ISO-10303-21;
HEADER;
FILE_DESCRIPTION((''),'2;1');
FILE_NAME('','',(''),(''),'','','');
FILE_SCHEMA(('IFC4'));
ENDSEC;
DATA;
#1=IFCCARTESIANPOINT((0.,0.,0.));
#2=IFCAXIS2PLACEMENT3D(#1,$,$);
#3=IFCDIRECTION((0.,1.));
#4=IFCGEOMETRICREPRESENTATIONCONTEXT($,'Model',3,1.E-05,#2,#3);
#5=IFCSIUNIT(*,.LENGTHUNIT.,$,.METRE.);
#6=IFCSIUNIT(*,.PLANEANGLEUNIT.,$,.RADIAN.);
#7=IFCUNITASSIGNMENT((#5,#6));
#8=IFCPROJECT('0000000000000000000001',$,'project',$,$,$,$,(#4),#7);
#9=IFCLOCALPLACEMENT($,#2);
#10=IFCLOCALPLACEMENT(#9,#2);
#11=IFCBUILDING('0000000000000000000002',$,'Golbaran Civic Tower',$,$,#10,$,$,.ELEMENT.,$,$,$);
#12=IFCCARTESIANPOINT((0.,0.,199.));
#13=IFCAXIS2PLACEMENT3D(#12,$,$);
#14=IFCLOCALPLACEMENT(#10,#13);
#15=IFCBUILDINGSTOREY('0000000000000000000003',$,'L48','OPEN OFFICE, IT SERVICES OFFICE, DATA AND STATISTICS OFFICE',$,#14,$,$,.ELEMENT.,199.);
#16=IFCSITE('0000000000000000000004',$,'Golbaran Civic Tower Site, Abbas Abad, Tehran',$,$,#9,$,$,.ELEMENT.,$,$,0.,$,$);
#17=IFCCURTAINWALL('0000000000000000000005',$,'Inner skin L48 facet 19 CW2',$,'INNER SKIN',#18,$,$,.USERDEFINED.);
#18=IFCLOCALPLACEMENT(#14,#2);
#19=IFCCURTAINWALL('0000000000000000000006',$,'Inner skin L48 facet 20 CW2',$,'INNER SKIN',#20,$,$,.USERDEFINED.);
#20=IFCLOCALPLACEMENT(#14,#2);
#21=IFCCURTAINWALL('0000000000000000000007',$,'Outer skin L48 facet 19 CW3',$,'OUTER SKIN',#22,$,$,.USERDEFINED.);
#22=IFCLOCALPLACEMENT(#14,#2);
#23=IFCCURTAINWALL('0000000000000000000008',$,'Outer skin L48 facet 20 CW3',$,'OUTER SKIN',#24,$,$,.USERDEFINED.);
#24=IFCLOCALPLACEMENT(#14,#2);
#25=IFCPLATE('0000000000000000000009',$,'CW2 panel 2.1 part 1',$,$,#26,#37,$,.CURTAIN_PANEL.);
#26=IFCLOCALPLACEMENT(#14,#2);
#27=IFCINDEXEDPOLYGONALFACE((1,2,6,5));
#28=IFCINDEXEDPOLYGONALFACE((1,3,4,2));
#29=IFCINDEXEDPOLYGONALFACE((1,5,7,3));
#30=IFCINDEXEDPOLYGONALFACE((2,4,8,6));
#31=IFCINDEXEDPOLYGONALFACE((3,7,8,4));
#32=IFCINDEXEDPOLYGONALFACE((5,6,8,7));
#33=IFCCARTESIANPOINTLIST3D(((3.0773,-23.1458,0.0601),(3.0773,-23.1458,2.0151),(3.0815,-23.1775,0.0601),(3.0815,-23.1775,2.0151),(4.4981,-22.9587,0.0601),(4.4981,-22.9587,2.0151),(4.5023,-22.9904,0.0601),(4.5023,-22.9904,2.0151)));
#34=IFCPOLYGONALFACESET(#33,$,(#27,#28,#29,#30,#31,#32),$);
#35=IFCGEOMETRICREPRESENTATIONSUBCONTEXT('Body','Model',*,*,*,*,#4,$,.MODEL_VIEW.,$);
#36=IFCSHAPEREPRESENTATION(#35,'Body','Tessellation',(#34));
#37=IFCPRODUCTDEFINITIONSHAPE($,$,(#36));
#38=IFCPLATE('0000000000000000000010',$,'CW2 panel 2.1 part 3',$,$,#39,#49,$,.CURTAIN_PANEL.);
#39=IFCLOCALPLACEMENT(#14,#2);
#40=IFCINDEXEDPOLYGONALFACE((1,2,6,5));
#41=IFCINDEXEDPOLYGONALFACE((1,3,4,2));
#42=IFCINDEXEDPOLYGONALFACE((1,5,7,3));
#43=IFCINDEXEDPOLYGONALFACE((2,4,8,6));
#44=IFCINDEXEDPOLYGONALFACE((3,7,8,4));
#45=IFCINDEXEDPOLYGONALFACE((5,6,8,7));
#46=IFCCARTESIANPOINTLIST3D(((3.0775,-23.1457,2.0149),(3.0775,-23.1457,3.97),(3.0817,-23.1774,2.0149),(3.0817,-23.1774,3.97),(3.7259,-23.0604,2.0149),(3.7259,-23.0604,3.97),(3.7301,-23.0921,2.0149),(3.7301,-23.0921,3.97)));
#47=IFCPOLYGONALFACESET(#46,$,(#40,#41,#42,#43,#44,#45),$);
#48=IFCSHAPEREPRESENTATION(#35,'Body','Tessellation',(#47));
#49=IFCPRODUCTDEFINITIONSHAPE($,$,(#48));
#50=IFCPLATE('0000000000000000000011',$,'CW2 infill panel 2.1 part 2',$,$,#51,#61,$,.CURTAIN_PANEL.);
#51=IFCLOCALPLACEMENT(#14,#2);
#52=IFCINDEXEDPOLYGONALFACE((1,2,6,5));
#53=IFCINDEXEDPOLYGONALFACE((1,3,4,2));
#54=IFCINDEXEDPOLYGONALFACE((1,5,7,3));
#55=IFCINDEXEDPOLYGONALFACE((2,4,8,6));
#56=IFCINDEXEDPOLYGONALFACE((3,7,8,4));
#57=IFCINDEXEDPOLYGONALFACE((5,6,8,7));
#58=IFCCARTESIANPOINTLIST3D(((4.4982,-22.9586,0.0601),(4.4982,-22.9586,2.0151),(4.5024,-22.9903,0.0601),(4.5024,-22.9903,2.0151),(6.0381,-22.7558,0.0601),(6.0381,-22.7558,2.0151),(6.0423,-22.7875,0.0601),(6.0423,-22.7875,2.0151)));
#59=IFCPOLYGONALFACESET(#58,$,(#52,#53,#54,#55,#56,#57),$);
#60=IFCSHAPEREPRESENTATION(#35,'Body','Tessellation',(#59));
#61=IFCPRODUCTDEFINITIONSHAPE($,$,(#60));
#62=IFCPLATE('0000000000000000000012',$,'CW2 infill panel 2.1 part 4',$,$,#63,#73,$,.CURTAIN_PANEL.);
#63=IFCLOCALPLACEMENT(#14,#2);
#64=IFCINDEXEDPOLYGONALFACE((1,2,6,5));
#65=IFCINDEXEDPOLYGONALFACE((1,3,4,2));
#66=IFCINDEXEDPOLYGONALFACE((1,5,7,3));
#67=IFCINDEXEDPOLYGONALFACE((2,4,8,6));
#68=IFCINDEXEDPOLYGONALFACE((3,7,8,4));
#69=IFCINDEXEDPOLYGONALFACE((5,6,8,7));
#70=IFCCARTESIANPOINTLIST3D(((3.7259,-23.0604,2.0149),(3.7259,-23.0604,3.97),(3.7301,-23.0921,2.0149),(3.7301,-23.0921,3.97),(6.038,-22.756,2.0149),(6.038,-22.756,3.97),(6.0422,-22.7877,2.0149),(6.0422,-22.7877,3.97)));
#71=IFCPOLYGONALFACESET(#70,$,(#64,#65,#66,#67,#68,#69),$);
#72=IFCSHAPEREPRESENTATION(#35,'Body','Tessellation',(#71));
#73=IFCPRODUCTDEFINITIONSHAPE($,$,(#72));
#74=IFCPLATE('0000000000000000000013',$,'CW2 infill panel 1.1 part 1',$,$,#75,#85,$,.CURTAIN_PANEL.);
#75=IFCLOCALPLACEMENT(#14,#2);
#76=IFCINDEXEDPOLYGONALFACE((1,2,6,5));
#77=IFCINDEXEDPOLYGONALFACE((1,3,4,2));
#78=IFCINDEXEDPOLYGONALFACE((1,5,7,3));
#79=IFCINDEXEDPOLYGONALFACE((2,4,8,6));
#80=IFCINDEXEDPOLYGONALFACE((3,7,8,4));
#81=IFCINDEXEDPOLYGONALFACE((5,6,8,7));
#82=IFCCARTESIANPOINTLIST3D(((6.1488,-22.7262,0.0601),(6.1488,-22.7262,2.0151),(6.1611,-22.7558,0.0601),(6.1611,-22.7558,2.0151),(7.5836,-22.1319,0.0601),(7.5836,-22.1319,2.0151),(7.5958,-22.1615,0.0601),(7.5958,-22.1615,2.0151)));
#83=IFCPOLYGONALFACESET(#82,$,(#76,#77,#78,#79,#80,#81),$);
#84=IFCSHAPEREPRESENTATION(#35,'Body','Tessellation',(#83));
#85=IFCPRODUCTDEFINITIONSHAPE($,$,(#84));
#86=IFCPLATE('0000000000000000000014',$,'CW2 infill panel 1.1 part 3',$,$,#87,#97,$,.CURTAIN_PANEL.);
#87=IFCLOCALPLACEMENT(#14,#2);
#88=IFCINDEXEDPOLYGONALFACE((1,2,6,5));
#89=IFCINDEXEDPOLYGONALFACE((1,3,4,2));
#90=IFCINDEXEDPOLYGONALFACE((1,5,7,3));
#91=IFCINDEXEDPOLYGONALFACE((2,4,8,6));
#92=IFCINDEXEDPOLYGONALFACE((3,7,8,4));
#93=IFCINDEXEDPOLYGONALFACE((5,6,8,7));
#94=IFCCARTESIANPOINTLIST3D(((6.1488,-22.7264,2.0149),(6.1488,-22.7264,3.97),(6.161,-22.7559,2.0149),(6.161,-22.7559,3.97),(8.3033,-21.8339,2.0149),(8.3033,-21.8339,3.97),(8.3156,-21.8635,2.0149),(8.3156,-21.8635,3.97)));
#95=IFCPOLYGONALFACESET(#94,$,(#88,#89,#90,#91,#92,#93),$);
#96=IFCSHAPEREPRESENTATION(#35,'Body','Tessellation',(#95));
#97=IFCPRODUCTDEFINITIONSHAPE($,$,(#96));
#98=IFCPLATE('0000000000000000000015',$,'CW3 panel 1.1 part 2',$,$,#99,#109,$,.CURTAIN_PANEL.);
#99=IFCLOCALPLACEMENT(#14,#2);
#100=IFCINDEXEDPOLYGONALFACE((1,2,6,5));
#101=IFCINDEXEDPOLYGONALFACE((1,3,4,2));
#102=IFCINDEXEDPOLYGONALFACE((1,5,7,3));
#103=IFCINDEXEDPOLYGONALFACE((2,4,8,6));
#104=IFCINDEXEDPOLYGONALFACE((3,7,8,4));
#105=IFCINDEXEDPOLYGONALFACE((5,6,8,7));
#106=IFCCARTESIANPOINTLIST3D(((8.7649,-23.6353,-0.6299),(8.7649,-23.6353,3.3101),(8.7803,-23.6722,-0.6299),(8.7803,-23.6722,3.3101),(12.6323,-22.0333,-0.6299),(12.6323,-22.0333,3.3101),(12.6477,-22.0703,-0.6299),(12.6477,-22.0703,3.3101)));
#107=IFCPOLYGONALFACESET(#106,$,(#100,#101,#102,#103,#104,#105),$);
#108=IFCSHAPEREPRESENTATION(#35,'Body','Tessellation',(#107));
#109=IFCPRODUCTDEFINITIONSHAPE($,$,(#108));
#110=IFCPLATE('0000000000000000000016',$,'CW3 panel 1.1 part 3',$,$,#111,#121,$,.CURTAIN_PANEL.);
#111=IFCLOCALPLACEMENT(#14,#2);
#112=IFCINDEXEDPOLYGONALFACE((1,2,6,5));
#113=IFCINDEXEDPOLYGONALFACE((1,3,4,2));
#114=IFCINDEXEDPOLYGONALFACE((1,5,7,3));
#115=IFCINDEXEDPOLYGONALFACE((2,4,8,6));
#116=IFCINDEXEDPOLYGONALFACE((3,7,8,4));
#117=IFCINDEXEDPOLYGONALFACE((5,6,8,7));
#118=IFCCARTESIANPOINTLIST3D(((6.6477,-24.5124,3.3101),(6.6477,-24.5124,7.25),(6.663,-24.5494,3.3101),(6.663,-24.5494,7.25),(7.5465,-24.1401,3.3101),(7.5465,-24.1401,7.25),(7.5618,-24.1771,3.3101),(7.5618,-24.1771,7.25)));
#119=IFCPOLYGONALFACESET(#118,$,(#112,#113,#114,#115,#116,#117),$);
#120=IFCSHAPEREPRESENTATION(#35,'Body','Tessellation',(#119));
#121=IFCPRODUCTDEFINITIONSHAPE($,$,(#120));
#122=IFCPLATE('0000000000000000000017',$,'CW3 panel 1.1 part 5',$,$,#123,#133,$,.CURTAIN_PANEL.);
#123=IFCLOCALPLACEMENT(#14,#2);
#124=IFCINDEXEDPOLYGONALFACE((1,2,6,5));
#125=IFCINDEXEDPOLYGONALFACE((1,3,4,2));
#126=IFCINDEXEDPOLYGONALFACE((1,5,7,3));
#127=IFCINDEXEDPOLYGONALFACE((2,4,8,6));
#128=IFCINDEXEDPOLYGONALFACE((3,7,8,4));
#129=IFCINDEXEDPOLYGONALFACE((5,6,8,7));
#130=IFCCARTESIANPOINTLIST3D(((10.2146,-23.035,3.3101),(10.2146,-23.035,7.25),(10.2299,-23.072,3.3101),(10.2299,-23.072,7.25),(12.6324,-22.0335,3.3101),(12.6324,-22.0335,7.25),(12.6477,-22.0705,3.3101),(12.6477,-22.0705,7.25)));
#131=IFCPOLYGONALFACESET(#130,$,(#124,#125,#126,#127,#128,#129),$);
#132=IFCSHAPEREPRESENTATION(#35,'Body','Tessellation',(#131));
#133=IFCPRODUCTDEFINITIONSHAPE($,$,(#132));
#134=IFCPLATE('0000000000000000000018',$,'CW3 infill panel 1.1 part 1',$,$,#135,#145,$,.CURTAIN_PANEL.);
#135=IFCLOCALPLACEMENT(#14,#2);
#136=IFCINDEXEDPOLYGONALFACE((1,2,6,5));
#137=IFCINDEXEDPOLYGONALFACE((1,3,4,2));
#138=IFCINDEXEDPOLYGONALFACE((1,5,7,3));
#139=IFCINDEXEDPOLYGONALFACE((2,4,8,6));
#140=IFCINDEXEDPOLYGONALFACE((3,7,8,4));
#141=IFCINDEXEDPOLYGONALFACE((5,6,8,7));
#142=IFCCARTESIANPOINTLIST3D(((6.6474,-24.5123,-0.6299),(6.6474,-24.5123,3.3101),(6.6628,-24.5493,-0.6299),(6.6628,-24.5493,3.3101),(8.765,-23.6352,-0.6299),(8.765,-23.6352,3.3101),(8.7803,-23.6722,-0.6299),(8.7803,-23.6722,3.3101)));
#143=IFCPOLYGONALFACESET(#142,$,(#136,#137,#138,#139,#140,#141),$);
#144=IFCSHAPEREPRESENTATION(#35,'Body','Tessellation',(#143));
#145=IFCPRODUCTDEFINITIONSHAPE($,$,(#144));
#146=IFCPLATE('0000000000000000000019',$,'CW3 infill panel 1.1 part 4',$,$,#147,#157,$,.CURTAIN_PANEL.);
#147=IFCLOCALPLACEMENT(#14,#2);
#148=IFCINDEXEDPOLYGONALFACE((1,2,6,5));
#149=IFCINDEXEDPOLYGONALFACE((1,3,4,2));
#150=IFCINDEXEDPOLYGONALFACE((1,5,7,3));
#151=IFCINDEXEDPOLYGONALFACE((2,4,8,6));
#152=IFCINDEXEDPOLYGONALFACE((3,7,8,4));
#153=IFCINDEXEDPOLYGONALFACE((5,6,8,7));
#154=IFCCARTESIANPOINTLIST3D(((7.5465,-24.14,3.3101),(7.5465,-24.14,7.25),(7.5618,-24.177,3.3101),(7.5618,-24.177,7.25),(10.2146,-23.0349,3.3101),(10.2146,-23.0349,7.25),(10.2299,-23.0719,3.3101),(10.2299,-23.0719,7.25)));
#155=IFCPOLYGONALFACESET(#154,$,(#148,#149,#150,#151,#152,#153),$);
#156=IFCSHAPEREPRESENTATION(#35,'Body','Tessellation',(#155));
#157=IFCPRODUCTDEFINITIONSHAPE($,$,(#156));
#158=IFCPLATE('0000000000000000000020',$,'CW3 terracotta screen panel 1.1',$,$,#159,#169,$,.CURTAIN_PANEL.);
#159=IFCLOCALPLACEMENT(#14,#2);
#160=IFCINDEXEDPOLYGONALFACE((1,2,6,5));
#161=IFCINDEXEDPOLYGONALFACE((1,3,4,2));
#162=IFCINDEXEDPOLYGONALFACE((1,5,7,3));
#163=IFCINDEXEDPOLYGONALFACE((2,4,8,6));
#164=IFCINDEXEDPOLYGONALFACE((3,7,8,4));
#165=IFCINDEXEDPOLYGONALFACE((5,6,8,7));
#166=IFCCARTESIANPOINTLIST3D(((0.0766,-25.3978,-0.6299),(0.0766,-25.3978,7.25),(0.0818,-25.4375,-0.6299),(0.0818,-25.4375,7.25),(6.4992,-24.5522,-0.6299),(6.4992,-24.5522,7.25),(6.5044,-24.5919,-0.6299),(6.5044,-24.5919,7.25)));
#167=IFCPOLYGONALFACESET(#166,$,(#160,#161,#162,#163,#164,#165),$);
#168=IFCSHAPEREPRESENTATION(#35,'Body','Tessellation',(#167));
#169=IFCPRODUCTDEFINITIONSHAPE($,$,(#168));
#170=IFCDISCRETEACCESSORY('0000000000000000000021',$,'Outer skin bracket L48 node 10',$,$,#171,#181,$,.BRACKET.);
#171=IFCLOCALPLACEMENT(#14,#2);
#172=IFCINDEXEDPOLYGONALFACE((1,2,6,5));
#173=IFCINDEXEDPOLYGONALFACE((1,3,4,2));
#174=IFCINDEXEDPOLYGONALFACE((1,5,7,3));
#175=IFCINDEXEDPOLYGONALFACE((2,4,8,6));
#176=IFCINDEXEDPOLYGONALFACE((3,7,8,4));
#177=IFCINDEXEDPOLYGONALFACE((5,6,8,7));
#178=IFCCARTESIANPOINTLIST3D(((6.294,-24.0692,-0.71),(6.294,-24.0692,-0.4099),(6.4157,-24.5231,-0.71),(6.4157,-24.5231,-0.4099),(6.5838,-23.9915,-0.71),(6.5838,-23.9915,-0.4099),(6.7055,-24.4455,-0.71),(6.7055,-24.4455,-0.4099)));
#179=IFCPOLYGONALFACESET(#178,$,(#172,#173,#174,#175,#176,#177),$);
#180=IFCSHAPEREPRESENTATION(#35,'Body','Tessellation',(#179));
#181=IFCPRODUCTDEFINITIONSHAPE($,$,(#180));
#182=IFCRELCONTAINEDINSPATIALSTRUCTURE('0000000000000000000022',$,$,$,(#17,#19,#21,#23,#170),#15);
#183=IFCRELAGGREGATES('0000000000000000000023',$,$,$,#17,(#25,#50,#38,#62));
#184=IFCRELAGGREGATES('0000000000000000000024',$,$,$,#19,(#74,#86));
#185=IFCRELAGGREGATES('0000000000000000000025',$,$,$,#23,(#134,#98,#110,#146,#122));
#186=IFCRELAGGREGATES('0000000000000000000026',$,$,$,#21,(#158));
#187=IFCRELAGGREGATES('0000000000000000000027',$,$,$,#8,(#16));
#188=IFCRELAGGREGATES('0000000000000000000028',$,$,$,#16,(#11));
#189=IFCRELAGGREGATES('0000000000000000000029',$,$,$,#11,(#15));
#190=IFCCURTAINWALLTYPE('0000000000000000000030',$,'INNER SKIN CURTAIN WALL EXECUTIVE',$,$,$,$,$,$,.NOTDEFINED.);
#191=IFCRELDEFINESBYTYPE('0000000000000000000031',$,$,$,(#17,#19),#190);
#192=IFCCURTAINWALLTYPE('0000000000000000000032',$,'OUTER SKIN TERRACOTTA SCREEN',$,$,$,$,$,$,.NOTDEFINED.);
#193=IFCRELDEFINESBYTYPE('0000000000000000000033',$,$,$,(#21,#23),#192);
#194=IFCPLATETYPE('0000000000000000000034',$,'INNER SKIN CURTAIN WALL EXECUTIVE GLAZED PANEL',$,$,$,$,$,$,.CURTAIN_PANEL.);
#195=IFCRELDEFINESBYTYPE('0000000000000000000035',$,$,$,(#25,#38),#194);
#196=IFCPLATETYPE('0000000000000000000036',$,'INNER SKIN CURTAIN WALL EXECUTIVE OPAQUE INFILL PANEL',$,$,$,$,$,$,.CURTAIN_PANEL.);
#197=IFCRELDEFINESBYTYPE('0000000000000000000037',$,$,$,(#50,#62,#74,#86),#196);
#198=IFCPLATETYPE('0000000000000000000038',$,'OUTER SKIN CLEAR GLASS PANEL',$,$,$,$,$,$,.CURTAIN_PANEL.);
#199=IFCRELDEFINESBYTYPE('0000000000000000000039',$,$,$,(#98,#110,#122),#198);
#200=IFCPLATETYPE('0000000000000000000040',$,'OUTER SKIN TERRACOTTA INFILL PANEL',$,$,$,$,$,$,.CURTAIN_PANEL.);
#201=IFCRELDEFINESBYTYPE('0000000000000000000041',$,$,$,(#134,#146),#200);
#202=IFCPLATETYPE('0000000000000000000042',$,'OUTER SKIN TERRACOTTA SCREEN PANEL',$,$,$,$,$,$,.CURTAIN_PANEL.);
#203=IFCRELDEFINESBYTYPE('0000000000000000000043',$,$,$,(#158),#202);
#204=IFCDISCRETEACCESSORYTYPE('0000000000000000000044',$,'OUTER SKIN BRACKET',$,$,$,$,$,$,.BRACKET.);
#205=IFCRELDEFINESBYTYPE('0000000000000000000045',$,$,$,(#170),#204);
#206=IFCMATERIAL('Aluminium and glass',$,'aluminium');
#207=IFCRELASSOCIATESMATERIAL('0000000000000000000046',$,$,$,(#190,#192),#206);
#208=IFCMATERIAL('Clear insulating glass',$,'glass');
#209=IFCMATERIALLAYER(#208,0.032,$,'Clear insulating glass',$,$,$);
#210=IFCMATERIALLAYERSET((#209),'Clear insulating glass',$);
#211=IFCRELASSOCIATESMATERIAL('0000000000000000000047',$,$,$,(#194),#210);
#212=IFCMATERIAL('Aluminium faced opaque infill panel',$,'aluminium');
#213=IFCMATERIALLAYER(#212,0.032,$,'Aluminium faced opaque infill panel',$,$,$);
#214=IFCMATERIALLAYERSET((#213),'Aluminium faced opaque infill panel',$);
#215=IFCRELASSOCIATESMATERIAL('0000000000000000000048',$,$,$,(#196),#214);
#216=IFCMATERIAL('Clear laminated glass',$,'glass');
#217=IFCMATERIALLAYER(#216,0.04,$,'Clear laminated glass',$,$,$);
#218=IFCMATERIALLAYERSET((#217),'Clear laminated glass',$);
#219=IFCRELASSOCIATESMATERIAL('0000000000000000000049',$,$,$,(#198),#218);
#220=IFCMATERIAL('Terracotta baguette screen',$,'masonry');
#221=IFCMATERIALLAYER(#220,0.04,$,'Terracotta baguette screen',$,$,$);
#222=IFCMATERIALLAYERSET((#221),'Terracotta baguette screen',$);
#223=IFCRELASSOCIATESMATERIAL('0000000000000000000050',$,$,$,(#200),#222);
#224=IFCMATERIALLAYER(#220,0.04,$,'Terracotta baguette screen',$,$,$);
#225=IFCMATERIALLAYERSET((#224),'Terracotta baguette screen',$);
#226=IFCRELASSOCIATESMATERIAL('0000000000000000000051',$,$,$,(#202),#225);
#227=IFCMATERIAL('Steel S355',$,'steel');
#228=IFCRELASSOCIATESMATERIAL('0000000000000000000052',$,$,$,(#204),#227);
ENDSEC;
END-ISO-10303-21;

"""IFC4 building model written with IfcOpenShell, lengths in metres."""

from ifc_helpers import new_model, si_unit, direction, frame, origin, origin_2d, place, context, subcontext, project, spatial, rectangle, extrude, material, layer, layer_set, type_object, element, aggregate, save


model = new_model("IFC4")

# Units and contexts
model_context = context("Model", 3, precision=1e-05, world=origin(), true_north=direction((0.0, 1.0)))
body_context = subcontext(model_context, "Body", "Model", "MODEL_VIEW")
ifc_project = project(units=[si_unit("LENGTHUNIT", "METRE"), si_unit("PLANEANGLEUNIT", "RADIAN")], contexts=[model_context])

# Site, building, storey
site_placement = place(None, origin())
site = spatial("IfcSite", under=ifc_project, at=site_placement, Name="Golbaran Civic Tower Site, Abbas Abad, Tehran", CompositionType="ELEMENT", RefElevation=0.0)
building_placement = place(site_placement, origin())
building = spatial("IfcBuilding", under=site, at=building_placement, Name="Golbaran Civic Tower", CompositionType="ELEMENT")
storey_placement = place(building_placement, frame((0.0, 0.0, 199.0)))
storey = spatial("IfcBuildingStorey", under=building, at=storey_placement, Name="L48", Description="OPEN OFFICE, IT SERVICES OFFICE, DATA AND STATISTICS OFFICE", CompositionType="ELEMENT", Elevation=199.0)

# Shared definitions
ifc_material_1 = material(Name="Steel S355", Category="steel")

# Curtain wall
ifc_material_2 = material(Name="Aluminium and glass", Category="aluminium")
curtain_wall_type_1 = type_object("IfcCurtainWallType", Name="INNER SKIN CURTAIN WALL EXECUTIVE", PredefinedType="NOTDEFINED", material=ifc_material_2)
curtain_wall_1_placement = place(storey_placement, origin())
curtain_wall_1 = element("IfcCurtainWall", 1, at=curtain_wall_1_placement, inside=storey, type_object=curtain_wall_type_1, Name="Inner skin L48 facet 19 CW2", ObjectType="INNER SKIN", PredefinedType="USERDEFINED")

# Curtain wall
curtain_wall_2_placement = place(storey_placement, origin())
curtain_wall_2 = element("IfcCurtainWall", 2, at=curtain_wall_2_placement, inside=storey, type_object=curtain_wall_type_1, Name="Inner skin L48 facet 20 CW2", ObjectType="INNER SKIN", PredefinedType="USERDEFINED")

# Curtain walls
curtain_wall_type_2 = type_object("IfcCurtainWallType", Name="OUTER SKIN TERRACOTTA SCREEN", PredefinedType="NOTDEFINED", material=ifc_material_2)
curtain_wall_3_placement = place(storey_placement, origin())
curtain_wall_3 = element("IfcCurtainWall", 3, at=curtain_wall_3_placement, inside=storey, type_object=curtain_wall_type_2, Name="Outer skin L48 facet 19 CW3", ObjectType="OUTER SKIN", PredefinedType="USERDEFINED")
curtain_wall_4_placement = place(storey_placement, origin())
curtain_wall_4 = element("IfcCurtainWall", 4, at=curtain_wall_4_placement, inside=storey, type_object=curtain_wall_type_2, Name="Outer skin L48 facet 20 CW3", ObjectType="OUTER SKIN", PredefinedType="USERDEFINED")

# Plates
ifc_material_3 = material(Name="Clear insulating glass", Category="glass")
ifc_layer_1 = layer(ifc_material_3, 0.032, Name="Clear insulating glass")
ifc_layer_set_1 = layer_set([ifc_layer_1], Name="Clear insulating glass")
plate_type_1 = type_object("IfcPlateType", Name="INNER SKIN CURTAIN WALL EXECUTIVE GLAZED PANEL", PredefinedType="CURTAIN_PANEL", material=ifc_layer_set_1)
plate_1_placement = place(storey_placement, frame((3.7898, -23.0681, 0.0601), z_axis=(0.0, 0.0, 1.0), x_axis=(0.991445, 0.130526, 0.0)))
plate_1 = element("IfcPlate", 5, at=plate_1_placement, type_object=plate_type_1, Name="CW2 panel 2.1 part 1", PredefinedType="CURTAIN_PANEL", context=body_context, shape_type="SweptSolid", body=[
    extrude(rectangle(XDim=1.4331, YDim=0.032, at=origin_2d()), origin(), (0.0, 0.0, 1.0), 1.9551),
])
plate_2_placement = place(storey_placement, frame((3.4038, -23.1189, 2.0149), z_axis=(0.0, 0.0, 1.0), x_axis=(0.991445, 0.130526, 0.0)))
plate_2 = element("IfcPlate", 6, at=plate_2_placement, type_object=plate_type_1, Name="CW2 panel 2.1 part 3", PredefinedType="CURTAIN_PANEL", context=body_context, shape_type="SweptSolid", body=[
    extrude(rectangle(XDim=0.6541, YDim=0.032, at=origin_2d()), origin(), (0.0, 0.0, 1.0), 1.9551),
])
ifc_material_4 = material(Name="Aluminium faced opaque infill panel", Category="aluminium")
ifc_layer_2 = layer(ifc_material_4, 0.032, Name="Aluminium faced opaque infill panel")
ifc_layer_set_2 = layer_set([ifc_layer_2], Name="Aluminium faced opaque infill panel")
plate_type_2 = type_object("IfcPlateType", Name="INNER SKIN CURTAIN WALL EXECUTIVE OPAQUE INFILL PANEL", PredefinedType="CURTAIN_PANEL", material=ifc_layer_set_2)
plate_3_placement = place(storey_placement, frame((5.2703, -22.873, 0.0601), z_axis=(0.0, 0.0, 1.0), x_axis=(0.991445, 0.130526, 0.0)))
plate_3 = element("IfcPlate", 7, at=plate_3_placement, type_object=plate_type_2, Name="CW2 infill panel 2.1 part 2", PredefinedType="CURTAIN_PANEL", context=body_context, shape_type="SweptSolid", body=[
    extrude(rectangle(XDim=1.5532, YDim=0.032, at=origin_2d()), origin(), (0.0, 0.0, 1.0), 1.9551),
])
plate_4_placement = place(storey_placement, frame((4.884, -22.9241, 2.0149), z_axis=(0.0, 0.0, 1.0), x_axis=(0.991445, 0.130526, 0.0)))
plate_4 = element("IfcPlate", 8, at=plate_4_placement, type_object=plate_type_2, Name="CW2 infill panel 2.1 part 4", PredefinedType="CURTAIN_PANEL", context=body_context, shape_type="SweptSolid", body=[
    extrude(rectangle(XDim=2.332, YDim=0.032, at=origin_2d()), origin(), (0.0, 0.0, 1.0), 1.9551),
])
aggregate(curtain_wall_1, [plate_1, plate_3, plate_2, plate_4])
plate_5_placement = place(storey_placement, frame((6.8723, -22.4438, 0.0601), z_axis=(0.0, 0.0, 1.0), x_axis=(0.92388, 0.382683, 0.0)))
plate_5 = element("IfcPlate", 9, at=plate_5_placement, type_object=plate_type_2, Name="CW2 infill panel 1.1 part 1", PredefinedType="CURTAIN_PANEL", context=body_context, shape_type="SweptSolid", body=[
    extrude(rectangle(XDim=1.553, YDim=0.032, at=origin_2d()), origin(), (0.0, 0.0, 1.0), 1.9551),
])
plate_6_placement = place(storey_placement, frame((7.2322, -22.2949, 2.0149), z_axis=(0.0, 0.0, 1.0), x_axis=(0.92388, 0.382683, 0.0)))
plate_6 = element("IfcPlate", 10, at=plate_6_placement, type_object=plate_type_2, Name="CW2 infill panel 1.1 part 3", PredefinedType="CURTAIN_PANEL", context=body_context, shape_type="SweptSolid", body=[
    extrude(rectangle(XDim=2.332, YDim=0.032, at=origin_2d()), origin(), (0.0, 0.0, 1.0), 1.9551),
])
aggregate(curtain_wall_2, [plate_5, plate_6])
ifc_material_5 = material(Name="Clear laminated glass", Category="glass")
ifc_layer_3 = layer(ifc_material_5, 0.04, Name="Clear laminated glass")
ifc_layer_set_3 = layer_set([ifc_layer_3], Name="Clear laminated glass")
plate_type_3 = type_object("IfcPlateType", Name="OUTER SKIN CLEAR GLASS PANEL", PredefinedType="CURTAIN_PANEL", material=ifc_layer_set_3)
plate_7_placement = place(storey_placement, frame((10.7063, -22.8528, -0.6299), z_axis=(0.0, 0.0, 1.0), x_axis=(0.92388, 0.382683, 0.0)))
plate_7 = element("IfcPlate", 11, at=plate_7_placement, type_object=plate_type_3, Name="CW3 panel 1.1 part 2", PredefinedType="CURTAIN_PANEL", context=body_context, shape_type="SweptSolid", body=[
    extrude(rectangle(XDim=4.186, YDim=0.04, at=origin_2d()), origin(), (0.0, 0.0, 1.0), 3.9399),
])
plate_8_placement = place(storey_placement, frame((7.1047, -24.3447, 3.3101), z_axis=(0.0, 0.0, 1.0), x_axis=(0.92388, 0.382683, 0.0)))
plate_8 = element("IfcPlate", 12, at=plate_8_placement, type_object=plate_type_3, Name="CW3 panel 1.1 part 3", PredefinedType="CURTAIN_PANEL", context=body_context, shape_type="SweptSolid", body=[
    extrude(rectangle(XDim=0.9729, YDim=0.04, at=origin_2d()), origin(), (0.0, 0.0, 1.0), 3.9399),
])
plate_9_placement = place(storey_placement, frame((11.4312, -22.5527, 3.3101), z_axis=(0.0, 0.0, 1.0), x_axis=(0.92388, 0.382683, 0.0)))
plate_9 = element("IfcPlate", 13, at=plate_9_placement, type_object=plate_type_3, Name="CW3 panel 1.1 part 5", PredefinedType="CURTAIN_PANEL", context=body_context, shape_type="SweptSolid", body=[
    extrude(rectangle(XDim=2.6169, YDim=0.04, at=origin_2d()), origin(), (0.0, 0.0, 1.0), 3.9399),
])
ifc_material_6 = material(Name="Terracotta baguette screen", Category="masonry")
ifc_layer_4 = layer(ifc_material_6, 0.04, Name="Terracotta baguette screen")
ifc_layer_set_4 = layer_set([ifc_layer_4], Name="Terracotta baguette screen")
plate_type_4 = type_object("IfcPlateType", Name="OUTER SKIN TERRACOTTA INFILL PANEL", PredefinedType="CURTAIN_PANEL", material=ifc_layer_set_4)
plate_10_placement = place(storey_placement, frame((7.7139, -24.0923, -0.6299), z_axis=(0.0, 0.0, 1.0), x_axis=(0.92388, 0.382683, 0.0)))
plate_10 = element("IfcPlate", 14, at=plate_10_placement, type_object=plate_type_4, Name="CW3 infill panel 1.1 part 1", PredefinedType="CURTAIN_PANEL", context=body_context, shape_type="SweptSolid", body=[
    extrude(rectangle(XDim=2.292, YDim=0.04, at=origin_2d()), origin(), (0.0, 0.0, 1.0), 3.9399),
])
plate_11_placement = place(storey_placement, frame((8.8882, -23.606, 3.3101), z_axis=(0.0, 0.0, 1.0), x_axis=(0.92388, 0.382683, 0.0)))
plate_11 = element("IfcPlate", 15, at=plate_11_placement, type_object=plate_type_4, Name="CW3 infill panel 1.1 part 4", PredefinedType="CURTAIN_PANEL", context=body_context, shape_type="SweptSolid", body=[
    extrude(rectangle(XDim=2.8879, YDim=0.04, at=origin_2d()), origin(), (0.0, 0.0, 1.0), 3.9399),
])
aggregate(curtain_wall_4, [plate_10, plate_7, plate_8, plate_11, plate_9])
ifc_layer_5 = layer(ifc_material_6, 0.04, Name="Terracotta baguette screen")
ifc_layer_set_5 = layer_set([ifc_layer_5], Name="Terracotta baguette screen")
plate_type_5 = type_object("IfcPlateType", Name="OUTER SKIN TERRACOTTA SCREEN PANEL", PredefinedType="CURTAIN_PANEL", material=ifc_layer_set_5)
plate_12_placement = place(storey_placement, frame((3.2905, -24.9949, -0.6299), z_axis=(0.0, 0.0, 1.0), x_axis=(0.991445, 0.130526, 0.0)))
plate_12 = element("IfcPlate", 16, at=plate_12_placement, type_object=plate_type_5, Name="CW3 terracotta screen panel 1.1", PredefinedType="CURTAIN_PANEL", context=body_context, shape_type="SweptSolid", body=[
    extrude(rectangle(XDim=6.478, YDim=0.04, at=origin_2d()), origin(), (0.0, 0.0, 1.0), 7.8799),
])
aggregate(curtain_wall_3, [plate_12])

# Discrete accessory
discrete_accessory_type = type_object("IfcDiscreteAccessoryType", Name="OUTER SKIN BRACKET", PredefinedType="BRACKET", material=ifc_material_1)
discrete_accessory_placement = place(storey_placement, frame((6.4998, -24.2573, -0.71), z_axis=(0.0, 0.0, 1.0), x_axis=(0.258819, -0.965926, 0.0)))
element("IfcDiscreteAccessory", 17, at=discrete_accessory_placement, inside=storey, type_object=discrete_accessory_type, Name="Outer skin bracket L48 node 10", PredefinedType="BRACKET", context=body_context, shape_type="SweptSolid", body=[
    extrude(rectangle(XDim=0.47, YDim=0.3, at=origin_2d()), origin(), (0.0, 0.0, 1.0), 0.3),
])

save(model, "model.ifc")
